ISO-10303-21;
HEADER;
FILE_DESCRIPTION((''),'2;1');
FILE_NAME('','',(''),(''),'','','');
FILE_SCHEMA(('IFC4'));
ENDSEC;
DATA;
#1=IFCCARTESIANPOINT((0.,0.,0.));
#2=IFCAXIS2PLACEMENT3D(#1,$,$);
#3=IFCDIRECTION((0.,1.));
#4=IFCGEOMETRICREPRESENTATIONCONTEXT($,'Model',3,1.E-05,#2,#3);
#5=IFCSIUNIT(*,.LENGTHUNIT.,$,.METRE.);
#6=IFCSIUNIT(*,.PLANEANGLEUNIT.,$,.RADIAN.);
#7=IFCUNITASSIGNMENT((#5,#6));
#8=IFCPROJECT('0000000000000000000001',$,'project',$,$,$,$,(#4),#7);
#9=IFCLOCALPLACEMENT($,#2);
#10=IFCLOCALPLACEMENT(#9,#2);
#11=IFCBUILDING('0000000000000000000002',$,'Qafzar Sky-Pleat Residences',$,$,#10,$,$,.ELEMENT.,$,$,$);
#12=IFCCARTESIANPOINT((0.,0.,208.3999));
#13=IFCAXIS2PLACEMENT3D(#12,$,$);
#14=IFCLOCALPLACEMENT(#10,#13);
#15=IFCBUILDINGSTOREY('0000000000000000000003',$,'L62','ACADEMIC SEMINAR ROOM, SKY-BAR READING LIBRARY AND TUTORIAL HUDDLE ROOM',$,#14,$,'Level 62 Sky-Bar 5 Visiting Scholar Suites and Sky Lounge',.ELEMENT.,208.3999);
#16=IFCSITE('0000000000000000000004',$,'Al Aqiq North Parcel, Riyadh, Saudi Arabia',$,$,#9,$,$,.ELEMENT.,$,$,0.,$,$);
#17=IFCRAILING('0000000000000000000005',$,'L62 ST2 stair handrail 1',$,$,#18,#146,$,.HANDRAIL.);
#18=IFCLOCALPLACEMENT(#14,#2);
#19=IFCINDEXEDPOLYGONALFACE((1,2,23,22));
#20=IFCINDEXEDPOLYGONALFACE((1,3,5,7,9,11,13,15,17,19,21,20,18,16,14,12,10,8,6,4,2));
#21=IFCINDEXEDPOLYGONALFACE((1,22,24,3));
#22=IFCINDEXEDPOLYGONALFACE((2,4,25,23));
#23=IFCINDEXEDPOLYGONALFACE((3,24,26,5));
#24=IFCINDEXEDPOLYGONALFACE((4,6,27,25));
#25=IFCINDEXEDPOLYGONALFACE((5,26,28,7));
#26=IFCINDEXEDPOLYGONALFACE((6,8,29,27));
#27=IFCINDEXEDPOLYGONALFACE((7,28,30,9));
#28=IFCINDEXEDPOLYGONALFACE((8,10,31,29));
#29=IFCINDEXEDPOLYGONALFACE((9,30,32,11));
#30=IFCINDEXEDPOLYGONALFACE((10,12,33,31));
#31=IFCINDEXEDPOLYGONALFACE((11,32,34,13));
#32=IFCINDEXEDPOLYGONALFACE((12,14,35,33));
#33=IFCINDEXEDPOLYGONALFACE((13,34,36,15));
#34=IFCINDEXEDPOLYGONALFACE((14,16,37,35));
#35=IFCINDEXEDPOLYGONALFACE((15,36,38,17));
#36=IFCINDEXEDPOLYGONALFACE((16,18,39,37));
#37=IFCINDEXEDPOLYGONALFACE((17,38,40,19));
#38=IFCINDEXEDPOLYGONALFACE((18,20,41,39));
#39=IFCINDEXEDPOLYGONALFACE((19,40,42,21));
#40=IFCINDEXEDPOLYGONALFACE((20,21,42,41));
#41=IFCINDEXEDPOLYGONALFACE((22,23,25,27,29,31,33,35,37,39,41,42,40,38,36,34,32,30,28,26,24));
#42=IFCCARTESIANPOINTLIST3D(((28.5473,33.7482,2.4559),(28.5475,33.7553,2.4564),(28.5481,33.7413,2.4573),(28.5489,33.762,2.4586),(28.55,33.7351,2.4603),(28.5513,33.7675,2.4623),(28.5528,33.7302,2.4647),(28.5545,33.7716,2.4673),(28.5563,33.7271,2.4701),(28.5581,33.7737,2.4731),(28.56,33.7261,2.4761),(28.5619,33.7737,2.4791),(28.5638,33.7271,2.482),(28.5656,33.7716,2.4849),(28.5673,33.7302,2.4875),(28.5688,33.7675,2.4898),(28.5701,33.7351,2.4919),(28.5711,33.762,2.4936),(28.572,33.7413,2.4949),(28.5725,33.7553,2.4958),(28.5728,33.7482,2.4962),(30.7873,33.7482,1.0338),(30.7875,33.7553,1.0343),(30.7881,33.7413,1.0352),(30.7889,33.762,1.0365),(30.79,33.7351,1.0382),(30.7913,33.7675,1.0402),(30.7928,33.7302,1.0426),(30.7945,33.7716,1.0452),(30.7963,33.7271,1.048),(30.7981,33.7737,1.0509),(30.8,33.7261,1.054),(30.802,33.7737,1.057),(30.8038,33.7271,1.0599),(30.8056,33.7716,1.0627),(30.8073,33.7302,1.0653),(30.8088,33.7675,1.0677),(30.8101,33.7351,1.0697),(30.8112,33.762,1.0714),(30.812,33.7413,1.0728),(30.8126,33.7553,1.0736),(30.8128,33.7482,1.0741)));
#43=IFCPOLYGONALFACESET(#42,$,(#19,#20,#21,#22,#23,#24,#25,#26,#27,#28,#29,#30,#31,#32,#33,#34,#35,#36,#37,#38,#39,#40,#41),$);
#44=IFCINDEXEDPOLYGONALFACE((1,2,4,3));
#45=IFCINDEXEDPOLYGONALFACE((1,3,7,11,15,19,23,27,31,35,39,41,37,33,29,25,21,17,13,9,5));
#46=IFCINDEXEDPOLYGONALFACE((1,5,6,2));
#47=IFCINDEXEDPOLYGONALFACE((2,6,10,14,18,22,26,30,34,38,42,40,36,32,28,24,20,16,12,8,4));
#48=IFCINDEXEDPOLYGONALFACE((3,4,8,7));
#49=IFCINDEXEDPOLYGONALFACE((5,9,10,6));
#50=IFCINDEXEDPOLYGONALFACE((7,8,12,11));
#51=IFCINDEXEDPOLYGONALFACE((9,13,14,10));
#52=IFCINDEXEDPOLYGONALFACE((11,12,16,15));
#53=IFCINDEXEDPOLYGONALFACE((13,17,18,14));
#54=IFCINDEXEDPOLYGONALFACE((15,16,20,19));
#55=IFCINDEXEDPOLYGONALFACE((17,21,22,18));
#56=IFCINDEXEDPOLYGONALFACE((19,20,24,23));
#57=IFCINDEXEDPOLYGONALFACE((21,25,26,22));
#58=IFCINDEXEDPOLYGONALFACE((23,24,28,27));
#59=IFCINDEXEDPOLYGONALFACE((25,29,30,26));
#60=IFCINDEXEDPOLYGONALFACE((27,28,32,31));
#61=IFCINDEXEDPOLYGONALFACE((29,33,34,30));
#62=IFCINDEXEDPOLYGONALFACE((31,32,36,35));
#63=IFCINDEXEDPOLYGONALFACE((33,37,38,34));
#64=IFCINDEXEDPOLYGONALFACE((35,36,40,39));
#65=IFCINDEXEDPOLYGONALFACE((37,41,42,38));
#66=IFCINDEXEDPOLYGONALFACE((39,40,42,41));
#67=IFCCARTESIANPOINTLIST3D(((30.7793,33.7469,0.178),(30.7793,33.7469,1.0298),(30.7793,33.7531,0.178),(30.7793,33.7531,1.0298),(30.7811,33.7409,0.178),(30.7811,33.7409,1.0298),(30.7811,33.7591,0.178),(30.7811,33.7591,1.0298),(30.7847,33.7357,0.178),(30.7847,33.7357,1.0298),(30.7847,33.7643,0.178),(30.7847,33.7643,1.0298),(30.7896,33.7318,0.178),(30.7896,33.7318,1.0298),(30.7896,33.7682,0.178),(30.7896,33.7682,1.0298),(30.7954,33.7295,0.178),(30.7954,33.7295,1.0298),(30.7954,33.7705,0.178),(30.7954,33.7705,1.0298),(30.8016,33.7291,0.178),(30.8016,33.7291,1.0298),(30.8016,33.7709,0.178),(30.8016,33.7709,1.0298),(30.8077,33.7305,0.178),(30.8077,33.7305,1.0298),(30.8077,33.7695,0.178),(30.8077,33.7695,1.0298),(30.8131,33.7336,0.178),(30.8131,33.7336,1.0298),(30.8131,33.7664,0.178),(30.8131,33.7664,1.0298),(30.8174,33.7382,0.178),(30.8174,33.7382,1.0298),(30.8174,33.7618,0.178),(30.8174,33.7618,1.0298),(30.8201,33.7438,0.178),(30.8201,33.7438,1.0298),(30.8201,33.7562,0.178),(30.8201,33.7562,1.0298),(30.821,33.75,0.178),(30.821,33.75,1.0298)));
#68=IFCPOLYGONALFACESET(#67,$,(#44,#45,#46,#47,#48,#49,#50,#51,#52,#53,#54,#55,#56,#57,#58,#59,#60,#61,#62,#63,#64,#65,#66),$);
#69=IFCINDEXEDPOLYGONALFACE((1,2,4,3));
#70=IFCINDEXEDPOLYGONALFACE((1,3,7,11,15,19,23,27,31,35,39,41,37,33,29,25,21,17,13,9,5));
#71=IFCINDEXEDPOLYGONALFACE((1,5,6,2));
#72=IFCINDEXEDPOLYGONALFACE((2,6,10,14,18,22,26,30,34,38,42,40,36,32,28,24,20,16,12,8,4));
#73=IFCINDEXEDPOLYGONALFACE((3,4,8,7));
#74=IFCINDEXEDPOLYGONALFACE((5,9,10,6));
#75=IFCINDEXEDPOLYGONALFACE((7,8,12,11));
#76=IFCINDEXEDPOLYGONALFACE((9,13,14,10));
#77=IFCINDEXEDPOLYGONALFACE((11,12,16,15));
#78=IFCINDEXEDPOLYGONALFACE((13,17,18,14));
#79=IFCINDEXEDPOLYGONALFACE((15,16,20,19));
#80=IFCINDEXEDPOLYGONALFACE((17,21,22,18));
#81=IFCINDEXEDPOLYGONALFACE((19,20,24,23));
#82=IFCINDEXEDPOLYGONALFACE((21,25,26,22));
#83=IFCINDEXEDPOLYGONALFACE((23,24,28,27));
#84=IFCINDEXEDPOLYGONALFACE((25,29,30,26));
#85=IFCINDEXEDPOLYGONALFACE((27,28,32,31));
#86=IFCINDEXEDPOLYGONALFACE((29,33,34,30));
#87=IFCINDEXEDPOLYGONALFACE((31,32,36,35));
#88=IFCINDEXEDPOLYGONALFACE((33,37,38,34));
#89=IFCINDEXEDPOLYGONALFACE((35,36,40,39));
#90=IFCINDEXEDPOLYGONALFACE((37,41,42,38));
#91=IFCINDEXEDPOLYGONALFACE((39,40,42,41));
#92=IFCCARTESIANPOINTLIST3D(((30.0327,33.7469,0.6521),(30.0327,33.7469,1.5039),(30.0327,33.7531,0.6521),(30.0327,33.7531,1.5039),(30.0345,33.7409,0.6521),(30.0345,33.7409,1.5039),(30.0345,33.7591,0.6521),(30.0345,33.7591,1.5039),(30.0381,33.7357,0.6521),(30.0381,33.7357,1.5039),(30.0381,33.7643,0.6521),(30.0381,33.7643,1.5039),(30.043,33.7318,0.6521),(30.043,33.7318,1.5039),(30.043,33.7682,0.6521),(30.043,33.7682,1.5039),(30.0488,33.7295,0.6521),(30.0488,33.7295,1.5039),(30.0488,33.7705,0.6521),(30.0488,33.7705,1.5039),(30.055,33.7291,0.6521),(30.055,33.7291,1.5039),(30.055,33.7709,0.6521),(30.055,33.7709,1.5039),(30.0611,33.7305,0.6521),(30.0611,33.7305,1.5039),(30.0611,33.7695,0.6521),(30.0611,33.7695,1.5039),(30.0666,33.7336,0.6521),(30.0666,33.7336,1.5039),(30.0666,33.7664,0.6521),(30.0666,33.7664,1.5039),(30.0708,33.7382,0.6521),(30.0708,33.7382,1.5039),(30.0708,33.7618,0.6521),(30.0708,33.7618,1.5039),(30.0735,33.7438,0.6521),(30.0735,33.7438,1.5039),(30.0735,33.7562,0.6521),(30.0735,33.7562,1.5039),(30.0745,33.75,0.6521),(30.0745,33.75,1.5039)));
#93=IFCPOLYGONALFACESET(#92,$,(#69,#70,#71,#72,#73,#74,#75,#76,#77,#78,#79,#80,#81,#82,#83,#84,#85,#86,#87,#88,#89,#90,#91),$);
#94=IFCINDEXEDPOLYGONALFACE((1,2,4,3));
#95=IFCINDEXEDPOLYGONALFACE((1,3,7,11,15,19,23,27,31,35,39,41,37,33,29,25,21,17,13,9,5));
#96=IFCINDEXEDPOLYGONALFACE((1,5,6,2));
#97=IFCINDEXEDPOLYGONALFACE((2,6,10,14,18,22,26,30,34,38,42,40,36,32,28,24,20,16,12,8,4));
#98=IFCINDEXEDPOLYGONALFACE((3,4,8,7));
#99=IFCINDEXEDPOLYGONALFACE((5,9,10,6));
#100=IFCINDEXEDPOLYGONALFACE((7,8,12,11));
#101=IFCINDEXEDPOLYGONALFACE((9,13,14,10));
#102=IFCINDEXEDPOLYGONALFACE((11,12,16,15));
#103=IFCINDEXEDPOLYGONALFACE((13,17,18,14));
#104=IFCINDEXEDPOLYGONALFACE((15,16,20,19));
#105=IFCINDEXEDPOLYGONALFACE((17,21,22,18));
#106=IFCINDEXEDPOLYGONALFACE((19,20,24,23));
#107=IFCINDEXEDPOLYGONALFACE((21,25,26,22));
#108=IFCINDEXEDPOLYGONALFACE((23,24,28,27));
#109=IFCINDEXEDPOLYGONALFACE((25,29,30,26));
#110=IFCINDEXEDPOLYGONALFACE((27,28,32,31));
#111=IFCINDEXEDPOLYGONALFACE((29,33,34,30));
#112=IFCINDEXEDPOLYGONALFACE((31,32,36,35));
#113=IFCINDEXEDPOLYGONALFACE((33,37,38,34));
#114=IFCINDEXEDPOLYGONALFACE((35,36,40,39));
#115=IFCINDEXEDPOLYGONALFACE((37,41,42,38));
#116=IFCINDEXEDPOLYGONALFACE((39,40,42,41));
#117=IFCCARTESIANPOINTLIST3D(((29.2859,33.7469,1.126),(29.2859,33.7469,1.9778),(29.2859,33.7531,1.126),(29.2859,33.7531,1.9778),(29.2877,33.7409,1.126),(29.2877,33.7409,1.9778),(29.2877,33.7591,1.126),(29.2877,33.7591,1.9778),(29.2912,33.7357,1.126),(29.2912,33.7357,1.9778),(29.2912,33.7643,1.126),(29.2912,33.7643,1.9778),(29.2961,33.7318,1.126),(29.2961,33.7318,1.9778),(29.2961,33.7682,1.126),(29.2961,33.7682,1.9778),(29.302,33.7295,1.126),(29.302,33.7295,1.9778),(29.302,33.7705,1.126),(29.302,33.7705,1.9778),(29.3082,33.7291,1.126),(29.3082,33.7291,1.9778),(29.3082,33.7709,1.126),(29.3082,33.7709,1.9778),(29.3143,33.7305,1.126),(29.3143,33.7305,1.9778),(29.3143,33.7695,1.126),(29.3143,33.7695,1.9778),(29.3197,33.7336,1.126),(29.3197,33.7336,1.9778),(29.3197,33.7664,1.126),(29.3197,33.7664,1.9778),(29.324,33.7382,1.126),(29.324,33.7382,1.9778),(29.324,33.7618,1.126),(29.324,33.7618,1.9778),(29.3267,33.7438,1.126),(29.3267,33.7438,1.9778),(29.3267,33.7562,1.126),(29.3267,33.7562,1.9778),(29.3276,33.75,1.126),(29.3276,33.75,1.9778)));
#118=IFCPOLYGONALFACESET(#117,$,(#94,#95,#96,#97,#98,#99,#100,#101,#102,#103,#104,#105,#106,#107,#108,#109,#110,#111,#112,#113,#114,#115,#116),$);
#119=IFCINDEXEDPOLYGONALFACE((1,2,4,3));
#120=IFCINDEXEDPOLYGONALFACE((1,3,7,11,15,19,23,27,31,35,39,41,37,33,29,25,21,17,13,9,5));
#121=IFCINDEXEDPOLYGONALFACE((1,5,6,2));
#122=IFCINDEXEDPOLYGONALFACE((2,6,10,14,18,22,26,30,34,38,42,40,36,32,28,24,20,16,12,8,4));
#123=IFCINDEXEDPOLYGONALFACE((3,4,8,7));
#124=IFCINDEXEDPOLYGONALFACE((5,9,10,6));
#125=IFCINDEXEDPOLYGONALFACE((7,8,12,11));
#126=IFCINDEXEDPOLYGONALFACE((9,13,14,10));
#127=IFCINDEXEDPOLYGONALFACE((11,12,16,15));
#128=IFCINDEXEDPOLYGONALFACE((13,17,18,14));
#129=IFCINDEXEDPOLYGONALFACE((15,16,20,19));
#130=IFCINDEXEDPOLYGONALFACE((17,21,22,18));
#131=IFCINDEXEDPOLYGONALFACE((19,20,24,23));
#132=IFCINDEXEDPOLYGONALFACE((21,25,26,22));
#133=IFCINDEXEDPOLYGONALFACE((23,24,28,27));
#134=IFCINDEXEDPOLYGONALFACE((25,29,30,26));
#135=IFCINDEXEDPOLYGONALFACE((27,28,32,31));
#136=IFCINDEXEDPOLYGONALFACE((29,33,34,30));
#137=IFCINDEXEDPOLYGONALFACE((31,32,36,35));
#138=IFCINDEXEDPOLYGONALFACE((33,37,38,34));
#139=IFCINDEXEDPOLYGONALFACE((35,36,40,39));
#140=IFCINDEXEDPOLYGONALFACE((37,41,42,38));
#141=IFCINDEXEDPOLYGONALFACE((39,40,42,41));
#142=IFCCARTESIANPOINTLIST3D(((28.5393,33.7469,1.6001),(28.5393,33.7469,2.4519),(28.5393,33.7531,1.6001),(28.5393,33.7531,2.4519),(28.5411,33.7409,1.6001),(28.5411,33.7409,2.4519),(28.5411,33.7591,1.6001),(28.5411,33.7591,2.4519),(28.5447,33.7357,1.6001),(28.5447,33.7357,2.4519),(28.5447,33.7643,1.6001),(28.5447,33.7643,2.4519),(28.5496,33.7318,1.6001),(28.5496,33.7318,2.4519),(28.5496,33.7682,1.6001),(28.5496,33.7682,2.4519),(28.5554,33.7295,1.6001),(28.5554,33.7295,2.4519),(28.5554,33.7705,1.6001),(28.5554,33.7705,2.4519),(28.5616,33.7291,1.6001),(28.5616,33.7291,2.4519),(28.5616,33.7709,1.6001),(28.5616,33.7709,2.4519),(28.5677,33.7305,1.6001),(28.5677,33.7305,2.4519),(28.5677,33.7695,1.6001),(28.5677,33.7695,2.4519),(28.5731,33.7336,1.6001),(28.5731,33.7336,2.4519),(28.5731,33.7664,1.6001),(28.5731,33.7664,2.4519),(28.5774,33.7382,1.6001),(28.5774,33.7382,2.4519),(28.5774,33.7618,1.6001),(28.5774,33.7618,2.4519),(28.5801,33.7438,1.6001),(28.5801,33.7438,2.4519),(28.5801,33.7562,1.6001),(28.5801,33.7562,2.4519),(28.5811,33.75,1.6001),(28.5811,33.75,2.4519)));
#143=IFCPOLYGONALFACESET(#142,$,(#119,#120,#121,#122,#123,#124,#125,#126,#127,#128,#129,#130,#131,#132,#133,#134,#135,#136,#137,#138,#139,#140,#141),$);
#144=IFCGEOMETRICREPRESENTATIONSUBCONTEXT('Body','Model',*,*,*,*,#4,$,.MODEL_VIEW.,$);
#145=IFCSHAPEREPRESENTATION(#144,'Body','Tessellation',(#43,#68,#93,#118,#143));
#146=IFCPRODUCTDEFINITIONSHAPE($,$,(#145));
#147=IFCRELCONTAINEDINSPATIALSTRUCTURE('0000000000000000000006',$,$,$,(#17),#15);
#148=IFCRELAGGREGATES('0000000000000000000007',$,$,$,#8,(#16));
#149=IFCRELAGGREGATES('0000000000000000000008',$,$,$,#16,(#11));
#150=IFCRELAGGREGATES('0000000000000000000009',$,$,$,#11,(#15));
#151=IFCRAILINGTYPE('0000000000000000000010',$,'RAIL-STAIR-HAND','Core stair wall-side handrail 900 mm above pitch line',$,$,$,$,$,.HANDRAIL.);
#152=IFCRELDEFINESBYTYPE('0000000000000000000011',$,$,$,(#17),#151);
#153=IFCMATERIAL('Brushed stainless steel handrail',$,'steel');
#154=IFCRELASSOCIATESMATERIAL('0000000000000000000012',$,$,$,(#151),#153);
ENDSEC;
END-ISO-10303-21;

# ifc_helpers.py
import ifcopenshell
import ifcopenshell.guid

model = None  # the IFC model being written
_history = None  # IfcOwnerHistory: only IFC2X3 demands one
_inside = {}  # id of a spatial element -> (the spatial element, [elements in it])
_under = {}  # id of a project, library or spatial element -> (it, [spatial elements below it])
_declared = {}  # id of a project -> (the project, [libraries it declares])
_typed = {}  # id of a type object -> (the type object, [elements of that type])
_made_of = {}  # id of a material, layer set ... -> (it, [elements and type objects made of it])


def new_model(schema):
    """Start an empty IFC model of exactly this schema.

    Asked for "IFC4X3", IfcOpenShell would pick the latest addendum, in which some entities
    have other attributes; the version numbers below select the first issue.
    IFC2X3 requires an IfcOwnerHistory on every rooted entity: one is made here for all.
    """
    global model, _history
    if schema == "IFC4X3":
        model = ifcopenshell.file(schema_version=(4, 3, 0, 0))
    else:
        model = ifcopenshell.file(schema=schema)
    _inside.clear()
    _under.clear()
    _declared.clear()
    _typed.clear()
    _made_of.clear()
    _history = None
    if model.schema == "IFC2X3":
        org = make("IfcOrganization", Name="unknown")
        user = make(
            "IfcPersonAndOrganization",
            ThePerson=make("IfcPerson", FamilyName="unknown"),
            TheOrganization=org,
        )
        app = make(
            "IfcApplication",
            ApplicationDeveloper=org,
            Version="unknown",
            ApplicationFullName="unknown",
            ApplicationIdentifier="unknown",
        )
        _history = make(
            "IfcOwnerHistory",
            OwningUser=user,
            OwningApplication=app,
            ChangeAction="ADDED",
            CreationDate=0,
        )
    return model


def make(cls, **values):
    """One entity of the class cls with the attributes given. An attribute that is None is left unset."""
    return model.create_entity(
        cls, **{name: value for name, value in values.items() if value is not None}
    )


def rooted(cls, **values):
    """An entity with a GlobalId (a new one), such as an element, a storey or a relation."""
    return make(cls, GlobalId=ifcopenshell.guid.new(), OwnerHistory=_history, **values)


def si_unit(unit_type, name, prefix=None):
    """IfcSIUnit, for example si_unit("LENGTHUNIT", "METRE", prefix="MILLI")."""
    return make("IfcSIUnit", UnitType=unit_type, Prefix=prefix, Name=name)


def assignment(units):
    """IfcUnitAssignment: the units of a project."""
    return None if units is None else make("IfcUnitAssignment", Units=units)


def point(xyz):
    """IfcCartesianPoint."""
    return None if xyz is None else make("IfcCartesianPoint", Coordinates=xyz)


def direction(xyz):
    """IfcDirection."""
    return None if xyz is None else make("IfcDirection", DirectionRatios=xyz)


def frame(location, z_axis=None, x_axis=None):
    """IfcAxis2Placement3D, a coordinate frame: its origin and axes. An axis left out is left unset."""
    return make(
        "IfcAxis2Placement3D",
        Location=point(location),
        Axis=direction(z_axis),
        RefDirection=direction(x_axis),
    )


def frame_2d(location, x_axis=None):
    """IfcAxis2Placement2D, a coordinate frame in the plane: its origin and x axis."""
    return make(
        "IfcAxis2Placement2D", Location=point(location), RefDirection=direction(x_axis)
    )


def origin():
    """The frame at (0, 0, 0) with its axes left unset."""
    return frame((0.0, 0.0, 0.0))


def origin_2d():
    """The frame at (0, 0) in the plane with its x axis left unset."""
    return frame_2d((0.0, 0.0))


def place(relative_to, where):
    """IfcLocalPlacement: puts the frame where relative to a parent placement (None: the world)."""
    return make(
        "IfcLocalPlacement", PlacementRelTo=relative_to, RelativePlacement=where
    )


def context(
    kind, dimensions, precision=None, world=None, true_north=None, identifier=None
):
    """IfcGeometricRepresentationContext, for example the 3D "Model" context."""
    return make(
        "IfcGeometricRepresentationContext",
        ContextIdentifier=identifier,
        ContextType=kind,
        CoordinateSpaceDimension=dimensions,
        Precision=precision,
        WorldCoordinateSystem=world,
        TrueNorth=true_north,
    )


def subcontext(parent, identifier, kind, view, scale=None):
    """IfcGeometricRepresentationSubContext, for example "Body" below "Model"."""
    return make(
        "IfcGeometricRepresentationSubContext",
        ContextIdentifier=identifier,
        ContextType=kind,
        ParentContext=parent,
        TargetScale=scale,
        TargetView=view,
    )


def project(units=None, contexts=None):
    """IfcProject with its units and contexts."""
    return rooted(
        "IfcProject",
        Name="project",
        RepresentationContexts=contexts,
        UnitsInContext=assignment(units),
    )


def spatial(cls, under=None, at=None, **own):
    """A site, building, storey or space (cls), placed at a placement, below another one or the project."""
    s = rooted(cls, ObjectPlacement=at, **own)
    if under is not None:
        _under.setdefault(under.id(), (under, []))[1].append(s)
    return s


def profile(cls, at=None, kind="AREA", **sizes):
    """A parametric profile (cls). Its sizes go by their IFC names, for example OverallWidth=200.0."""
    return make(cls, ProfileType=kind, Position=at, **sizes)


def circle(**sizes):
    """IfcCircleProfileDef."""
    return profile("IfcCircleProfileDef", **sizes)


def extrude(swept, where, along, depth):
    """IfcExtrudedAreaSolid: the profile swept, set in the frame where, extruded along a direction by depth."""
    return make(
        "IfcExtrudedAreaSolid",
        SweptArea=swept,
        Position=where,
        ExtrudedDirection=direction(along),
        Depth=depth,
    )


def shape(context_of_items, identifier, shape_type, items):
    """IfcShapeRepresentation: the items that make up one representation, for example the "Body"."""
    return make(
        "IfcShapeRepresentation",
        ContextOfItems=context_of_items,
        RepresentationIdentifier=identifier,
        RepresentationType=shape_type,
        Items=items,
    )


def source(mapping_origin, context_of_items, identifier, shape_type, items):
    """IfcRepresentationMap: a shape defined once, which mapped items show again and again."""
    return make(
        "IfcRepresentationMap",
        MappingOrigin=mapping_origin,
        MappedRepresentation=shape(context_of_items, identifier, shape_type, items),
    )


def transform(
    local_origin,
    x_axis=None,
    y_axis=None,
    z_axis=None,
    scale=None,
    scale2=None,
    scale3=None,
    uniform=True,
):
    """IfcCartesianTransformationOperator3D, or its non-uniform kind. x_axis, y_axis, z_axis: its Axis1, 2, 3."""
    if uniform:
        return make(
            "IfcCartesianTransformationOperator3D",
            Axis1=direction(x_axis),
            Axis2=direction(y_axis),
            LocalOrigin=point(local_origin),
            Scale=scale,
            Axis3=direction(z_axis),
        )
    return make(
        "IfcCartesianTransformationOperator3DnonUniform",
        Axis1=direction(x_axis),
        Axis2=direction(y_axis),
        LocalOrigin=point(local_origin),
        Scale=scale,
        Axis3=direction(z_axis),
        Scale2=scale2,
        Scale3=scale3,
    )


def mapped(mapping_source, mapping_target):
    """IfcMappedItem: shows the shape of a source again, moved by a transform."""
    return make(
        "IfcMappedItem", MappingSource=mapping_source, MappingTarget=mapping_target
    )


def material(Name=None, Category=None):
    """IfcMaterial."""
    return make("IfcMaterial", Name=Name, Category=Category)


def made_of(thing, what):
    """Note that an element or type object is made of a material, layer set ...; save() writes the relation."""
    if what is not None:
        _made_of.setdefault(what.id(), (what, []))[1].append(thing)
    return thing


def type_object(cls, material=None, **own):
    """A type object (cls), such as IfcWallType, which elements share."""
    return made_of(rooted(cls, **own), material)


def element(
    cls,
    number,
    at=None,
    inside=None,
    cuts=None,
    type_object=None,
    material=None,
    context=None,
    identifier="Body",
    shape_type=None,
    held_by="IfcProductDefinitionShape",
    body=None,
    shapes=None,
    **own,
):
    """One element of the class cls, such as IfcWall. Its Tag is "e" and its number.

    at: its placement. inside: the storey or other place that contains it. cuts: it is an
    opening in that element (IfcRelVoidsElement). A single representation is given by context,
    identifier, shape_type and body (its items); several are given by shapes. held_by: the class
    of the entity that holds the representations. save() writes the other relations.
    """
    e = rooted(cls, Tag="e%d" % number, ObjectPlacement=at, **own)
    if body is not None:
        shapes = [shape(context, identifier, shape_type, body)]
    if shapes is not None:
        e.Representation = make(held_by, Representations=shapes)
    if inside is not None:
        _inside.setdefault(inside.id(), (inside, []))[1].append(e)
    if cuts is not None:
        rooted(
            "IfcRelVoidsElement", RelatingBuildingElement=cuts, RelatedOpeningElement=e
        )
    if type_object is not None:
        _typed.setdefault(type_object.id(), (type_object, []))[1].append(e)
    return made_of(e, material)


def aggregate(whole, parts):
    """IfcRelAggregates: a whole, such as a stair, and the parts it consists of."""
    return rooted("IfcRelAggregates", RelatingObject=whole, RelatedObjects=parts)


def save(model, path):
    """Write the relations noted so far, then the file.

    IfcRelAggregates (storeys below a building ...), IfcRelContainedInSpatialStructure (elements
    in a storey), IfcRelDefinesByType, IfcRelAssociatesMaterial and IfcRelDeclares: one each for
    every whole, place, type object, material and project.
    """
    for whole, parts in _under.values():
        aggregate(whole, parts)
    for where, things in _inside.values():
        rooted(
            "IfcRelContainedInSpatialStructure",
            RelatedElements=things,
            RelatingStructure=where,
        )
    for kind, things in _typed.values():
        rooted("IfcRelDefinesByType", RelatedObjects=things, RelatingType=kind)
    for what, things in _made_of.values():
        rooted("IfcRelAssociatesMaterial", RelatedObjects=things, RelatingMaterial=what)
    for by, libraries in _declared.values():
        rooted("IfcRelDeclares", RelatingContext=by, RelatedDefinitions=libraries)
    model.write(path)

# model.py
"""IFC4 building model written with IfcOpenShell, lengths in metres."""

from ifc_helpers import new_model, si_unit, direction, frame, origin, origin_2d, place, context, subcontext, project, spatial, circle, extrude, source, transform, mapped, material, type_object, element, save


model = new_model("IFC4")

# Units and contexts
model_context = context("Model", 3, precision=1e-05, world=origin(), true_north=direction((0.0, 1.0)))
body_context = subcontext(model_context, "Body", "Model", "MODEL_VIEW")
ifc_project = project(units=[si_unit("LENGTHUNIT", "METRE"), si_unit("PLANEANGLEUNIT", "RADIAN")], contexts=[model_context])

# Site, building, storey
site_placement = place(None, origin())
site = spatial("IfcSite", under=ifc_project, at=site_placement, Name="Al Aqiq North Parcel, Riyadh, Saudi Arabia", CompositionType="ELEMENT", RefElevation=0.0)
building_placement = place(site_placement, origin())
building = spatial("IfcBuilding", under=site, at=building_placement, Name="Qafzar Sky-Pleat Residences", CompositionType="ELEMENT")
storey_placement = place(building_placement, frame((0.0, 0.0, 208.3999)))
storey = spatial("IfcBuildingStorey", under=building, at=storey_placement, Name="L62", Description="ACADEMIC SEMINAR ROOM, SKY-BAR READING LIBRARY AND TUTORIAL HUDDLE ROOM", LongName="Level 62 Sky-Bar 5 Visiting Scholar Suites and Sky Lounge", CompositionType="ELEMENT", Elevation=208.3999)

# Railing
ifc_material_1 = material(Name="Brushed stainless steel handrail", Category="steel")
railing_type_1 = type_object("IfcRailingType", Name="RAIL-STAIR-HAND", Description="Core stair wall-side handrail 900 mm above pitch line", PredefinedType="HANDRAIL", material=ifc_material_1)
shared_shape_1 = source(origin(), body_context, "Body", "SweptSolid", [
    extrude(circle(Radius=0.0239, at=origin_2d()), frame((0.0, 0.0, 0.876), z_axis=(-0.844229, 0.0, 0.535982), x_axis=(0.0, -1.0, 0.0)), (0.0, 0.0, 1.0), 2.6533),
    extrude(circle(Radius=0.021, at=origin_2d()), origin(), (0.0, 0.0, 1.0), 0.8518),
    extrude(circle(Radius=0.021, at=origin_2d()), frame((-0.7466, 0.0, 0.4741)), (0.0, 0.0, 1.0), 0.8518),
    extrude(circle(Radius=0.021, at=origin_2d()), frame((-1.4934, 0.0, 0.948)), (0.0, 0.0, 1.0), 0.8518),
    extrude(circle(Radius=0.021, at=origin_2d()), frame((-2.24, 0.0, 1.4221)), (0.0, 0.0, 1.0), 0.8518),
])
railing_1_placement = place(storey_placement, frame((30.8, 33.75, 0.178)))
element("IfcRailing", 1, at=railing_1_placement, inside=storey, type_object=railing_type_1, Name="L62 ST2 stair handrail 1", PredefinedType="HANDRAIL", context=body_context, shape_type="MappedRepresentation", body=[
    mapped(shared_shape_1, transform((0.0, 0.0, 0.0), x_axis=(1.0, 0.0, 0.0), y_axis=(0.0, 1.0, 0.0), z_axis=(0.0, 0.0, 1.0), scale=1.0)),
])

save(model, "model.ifc")
